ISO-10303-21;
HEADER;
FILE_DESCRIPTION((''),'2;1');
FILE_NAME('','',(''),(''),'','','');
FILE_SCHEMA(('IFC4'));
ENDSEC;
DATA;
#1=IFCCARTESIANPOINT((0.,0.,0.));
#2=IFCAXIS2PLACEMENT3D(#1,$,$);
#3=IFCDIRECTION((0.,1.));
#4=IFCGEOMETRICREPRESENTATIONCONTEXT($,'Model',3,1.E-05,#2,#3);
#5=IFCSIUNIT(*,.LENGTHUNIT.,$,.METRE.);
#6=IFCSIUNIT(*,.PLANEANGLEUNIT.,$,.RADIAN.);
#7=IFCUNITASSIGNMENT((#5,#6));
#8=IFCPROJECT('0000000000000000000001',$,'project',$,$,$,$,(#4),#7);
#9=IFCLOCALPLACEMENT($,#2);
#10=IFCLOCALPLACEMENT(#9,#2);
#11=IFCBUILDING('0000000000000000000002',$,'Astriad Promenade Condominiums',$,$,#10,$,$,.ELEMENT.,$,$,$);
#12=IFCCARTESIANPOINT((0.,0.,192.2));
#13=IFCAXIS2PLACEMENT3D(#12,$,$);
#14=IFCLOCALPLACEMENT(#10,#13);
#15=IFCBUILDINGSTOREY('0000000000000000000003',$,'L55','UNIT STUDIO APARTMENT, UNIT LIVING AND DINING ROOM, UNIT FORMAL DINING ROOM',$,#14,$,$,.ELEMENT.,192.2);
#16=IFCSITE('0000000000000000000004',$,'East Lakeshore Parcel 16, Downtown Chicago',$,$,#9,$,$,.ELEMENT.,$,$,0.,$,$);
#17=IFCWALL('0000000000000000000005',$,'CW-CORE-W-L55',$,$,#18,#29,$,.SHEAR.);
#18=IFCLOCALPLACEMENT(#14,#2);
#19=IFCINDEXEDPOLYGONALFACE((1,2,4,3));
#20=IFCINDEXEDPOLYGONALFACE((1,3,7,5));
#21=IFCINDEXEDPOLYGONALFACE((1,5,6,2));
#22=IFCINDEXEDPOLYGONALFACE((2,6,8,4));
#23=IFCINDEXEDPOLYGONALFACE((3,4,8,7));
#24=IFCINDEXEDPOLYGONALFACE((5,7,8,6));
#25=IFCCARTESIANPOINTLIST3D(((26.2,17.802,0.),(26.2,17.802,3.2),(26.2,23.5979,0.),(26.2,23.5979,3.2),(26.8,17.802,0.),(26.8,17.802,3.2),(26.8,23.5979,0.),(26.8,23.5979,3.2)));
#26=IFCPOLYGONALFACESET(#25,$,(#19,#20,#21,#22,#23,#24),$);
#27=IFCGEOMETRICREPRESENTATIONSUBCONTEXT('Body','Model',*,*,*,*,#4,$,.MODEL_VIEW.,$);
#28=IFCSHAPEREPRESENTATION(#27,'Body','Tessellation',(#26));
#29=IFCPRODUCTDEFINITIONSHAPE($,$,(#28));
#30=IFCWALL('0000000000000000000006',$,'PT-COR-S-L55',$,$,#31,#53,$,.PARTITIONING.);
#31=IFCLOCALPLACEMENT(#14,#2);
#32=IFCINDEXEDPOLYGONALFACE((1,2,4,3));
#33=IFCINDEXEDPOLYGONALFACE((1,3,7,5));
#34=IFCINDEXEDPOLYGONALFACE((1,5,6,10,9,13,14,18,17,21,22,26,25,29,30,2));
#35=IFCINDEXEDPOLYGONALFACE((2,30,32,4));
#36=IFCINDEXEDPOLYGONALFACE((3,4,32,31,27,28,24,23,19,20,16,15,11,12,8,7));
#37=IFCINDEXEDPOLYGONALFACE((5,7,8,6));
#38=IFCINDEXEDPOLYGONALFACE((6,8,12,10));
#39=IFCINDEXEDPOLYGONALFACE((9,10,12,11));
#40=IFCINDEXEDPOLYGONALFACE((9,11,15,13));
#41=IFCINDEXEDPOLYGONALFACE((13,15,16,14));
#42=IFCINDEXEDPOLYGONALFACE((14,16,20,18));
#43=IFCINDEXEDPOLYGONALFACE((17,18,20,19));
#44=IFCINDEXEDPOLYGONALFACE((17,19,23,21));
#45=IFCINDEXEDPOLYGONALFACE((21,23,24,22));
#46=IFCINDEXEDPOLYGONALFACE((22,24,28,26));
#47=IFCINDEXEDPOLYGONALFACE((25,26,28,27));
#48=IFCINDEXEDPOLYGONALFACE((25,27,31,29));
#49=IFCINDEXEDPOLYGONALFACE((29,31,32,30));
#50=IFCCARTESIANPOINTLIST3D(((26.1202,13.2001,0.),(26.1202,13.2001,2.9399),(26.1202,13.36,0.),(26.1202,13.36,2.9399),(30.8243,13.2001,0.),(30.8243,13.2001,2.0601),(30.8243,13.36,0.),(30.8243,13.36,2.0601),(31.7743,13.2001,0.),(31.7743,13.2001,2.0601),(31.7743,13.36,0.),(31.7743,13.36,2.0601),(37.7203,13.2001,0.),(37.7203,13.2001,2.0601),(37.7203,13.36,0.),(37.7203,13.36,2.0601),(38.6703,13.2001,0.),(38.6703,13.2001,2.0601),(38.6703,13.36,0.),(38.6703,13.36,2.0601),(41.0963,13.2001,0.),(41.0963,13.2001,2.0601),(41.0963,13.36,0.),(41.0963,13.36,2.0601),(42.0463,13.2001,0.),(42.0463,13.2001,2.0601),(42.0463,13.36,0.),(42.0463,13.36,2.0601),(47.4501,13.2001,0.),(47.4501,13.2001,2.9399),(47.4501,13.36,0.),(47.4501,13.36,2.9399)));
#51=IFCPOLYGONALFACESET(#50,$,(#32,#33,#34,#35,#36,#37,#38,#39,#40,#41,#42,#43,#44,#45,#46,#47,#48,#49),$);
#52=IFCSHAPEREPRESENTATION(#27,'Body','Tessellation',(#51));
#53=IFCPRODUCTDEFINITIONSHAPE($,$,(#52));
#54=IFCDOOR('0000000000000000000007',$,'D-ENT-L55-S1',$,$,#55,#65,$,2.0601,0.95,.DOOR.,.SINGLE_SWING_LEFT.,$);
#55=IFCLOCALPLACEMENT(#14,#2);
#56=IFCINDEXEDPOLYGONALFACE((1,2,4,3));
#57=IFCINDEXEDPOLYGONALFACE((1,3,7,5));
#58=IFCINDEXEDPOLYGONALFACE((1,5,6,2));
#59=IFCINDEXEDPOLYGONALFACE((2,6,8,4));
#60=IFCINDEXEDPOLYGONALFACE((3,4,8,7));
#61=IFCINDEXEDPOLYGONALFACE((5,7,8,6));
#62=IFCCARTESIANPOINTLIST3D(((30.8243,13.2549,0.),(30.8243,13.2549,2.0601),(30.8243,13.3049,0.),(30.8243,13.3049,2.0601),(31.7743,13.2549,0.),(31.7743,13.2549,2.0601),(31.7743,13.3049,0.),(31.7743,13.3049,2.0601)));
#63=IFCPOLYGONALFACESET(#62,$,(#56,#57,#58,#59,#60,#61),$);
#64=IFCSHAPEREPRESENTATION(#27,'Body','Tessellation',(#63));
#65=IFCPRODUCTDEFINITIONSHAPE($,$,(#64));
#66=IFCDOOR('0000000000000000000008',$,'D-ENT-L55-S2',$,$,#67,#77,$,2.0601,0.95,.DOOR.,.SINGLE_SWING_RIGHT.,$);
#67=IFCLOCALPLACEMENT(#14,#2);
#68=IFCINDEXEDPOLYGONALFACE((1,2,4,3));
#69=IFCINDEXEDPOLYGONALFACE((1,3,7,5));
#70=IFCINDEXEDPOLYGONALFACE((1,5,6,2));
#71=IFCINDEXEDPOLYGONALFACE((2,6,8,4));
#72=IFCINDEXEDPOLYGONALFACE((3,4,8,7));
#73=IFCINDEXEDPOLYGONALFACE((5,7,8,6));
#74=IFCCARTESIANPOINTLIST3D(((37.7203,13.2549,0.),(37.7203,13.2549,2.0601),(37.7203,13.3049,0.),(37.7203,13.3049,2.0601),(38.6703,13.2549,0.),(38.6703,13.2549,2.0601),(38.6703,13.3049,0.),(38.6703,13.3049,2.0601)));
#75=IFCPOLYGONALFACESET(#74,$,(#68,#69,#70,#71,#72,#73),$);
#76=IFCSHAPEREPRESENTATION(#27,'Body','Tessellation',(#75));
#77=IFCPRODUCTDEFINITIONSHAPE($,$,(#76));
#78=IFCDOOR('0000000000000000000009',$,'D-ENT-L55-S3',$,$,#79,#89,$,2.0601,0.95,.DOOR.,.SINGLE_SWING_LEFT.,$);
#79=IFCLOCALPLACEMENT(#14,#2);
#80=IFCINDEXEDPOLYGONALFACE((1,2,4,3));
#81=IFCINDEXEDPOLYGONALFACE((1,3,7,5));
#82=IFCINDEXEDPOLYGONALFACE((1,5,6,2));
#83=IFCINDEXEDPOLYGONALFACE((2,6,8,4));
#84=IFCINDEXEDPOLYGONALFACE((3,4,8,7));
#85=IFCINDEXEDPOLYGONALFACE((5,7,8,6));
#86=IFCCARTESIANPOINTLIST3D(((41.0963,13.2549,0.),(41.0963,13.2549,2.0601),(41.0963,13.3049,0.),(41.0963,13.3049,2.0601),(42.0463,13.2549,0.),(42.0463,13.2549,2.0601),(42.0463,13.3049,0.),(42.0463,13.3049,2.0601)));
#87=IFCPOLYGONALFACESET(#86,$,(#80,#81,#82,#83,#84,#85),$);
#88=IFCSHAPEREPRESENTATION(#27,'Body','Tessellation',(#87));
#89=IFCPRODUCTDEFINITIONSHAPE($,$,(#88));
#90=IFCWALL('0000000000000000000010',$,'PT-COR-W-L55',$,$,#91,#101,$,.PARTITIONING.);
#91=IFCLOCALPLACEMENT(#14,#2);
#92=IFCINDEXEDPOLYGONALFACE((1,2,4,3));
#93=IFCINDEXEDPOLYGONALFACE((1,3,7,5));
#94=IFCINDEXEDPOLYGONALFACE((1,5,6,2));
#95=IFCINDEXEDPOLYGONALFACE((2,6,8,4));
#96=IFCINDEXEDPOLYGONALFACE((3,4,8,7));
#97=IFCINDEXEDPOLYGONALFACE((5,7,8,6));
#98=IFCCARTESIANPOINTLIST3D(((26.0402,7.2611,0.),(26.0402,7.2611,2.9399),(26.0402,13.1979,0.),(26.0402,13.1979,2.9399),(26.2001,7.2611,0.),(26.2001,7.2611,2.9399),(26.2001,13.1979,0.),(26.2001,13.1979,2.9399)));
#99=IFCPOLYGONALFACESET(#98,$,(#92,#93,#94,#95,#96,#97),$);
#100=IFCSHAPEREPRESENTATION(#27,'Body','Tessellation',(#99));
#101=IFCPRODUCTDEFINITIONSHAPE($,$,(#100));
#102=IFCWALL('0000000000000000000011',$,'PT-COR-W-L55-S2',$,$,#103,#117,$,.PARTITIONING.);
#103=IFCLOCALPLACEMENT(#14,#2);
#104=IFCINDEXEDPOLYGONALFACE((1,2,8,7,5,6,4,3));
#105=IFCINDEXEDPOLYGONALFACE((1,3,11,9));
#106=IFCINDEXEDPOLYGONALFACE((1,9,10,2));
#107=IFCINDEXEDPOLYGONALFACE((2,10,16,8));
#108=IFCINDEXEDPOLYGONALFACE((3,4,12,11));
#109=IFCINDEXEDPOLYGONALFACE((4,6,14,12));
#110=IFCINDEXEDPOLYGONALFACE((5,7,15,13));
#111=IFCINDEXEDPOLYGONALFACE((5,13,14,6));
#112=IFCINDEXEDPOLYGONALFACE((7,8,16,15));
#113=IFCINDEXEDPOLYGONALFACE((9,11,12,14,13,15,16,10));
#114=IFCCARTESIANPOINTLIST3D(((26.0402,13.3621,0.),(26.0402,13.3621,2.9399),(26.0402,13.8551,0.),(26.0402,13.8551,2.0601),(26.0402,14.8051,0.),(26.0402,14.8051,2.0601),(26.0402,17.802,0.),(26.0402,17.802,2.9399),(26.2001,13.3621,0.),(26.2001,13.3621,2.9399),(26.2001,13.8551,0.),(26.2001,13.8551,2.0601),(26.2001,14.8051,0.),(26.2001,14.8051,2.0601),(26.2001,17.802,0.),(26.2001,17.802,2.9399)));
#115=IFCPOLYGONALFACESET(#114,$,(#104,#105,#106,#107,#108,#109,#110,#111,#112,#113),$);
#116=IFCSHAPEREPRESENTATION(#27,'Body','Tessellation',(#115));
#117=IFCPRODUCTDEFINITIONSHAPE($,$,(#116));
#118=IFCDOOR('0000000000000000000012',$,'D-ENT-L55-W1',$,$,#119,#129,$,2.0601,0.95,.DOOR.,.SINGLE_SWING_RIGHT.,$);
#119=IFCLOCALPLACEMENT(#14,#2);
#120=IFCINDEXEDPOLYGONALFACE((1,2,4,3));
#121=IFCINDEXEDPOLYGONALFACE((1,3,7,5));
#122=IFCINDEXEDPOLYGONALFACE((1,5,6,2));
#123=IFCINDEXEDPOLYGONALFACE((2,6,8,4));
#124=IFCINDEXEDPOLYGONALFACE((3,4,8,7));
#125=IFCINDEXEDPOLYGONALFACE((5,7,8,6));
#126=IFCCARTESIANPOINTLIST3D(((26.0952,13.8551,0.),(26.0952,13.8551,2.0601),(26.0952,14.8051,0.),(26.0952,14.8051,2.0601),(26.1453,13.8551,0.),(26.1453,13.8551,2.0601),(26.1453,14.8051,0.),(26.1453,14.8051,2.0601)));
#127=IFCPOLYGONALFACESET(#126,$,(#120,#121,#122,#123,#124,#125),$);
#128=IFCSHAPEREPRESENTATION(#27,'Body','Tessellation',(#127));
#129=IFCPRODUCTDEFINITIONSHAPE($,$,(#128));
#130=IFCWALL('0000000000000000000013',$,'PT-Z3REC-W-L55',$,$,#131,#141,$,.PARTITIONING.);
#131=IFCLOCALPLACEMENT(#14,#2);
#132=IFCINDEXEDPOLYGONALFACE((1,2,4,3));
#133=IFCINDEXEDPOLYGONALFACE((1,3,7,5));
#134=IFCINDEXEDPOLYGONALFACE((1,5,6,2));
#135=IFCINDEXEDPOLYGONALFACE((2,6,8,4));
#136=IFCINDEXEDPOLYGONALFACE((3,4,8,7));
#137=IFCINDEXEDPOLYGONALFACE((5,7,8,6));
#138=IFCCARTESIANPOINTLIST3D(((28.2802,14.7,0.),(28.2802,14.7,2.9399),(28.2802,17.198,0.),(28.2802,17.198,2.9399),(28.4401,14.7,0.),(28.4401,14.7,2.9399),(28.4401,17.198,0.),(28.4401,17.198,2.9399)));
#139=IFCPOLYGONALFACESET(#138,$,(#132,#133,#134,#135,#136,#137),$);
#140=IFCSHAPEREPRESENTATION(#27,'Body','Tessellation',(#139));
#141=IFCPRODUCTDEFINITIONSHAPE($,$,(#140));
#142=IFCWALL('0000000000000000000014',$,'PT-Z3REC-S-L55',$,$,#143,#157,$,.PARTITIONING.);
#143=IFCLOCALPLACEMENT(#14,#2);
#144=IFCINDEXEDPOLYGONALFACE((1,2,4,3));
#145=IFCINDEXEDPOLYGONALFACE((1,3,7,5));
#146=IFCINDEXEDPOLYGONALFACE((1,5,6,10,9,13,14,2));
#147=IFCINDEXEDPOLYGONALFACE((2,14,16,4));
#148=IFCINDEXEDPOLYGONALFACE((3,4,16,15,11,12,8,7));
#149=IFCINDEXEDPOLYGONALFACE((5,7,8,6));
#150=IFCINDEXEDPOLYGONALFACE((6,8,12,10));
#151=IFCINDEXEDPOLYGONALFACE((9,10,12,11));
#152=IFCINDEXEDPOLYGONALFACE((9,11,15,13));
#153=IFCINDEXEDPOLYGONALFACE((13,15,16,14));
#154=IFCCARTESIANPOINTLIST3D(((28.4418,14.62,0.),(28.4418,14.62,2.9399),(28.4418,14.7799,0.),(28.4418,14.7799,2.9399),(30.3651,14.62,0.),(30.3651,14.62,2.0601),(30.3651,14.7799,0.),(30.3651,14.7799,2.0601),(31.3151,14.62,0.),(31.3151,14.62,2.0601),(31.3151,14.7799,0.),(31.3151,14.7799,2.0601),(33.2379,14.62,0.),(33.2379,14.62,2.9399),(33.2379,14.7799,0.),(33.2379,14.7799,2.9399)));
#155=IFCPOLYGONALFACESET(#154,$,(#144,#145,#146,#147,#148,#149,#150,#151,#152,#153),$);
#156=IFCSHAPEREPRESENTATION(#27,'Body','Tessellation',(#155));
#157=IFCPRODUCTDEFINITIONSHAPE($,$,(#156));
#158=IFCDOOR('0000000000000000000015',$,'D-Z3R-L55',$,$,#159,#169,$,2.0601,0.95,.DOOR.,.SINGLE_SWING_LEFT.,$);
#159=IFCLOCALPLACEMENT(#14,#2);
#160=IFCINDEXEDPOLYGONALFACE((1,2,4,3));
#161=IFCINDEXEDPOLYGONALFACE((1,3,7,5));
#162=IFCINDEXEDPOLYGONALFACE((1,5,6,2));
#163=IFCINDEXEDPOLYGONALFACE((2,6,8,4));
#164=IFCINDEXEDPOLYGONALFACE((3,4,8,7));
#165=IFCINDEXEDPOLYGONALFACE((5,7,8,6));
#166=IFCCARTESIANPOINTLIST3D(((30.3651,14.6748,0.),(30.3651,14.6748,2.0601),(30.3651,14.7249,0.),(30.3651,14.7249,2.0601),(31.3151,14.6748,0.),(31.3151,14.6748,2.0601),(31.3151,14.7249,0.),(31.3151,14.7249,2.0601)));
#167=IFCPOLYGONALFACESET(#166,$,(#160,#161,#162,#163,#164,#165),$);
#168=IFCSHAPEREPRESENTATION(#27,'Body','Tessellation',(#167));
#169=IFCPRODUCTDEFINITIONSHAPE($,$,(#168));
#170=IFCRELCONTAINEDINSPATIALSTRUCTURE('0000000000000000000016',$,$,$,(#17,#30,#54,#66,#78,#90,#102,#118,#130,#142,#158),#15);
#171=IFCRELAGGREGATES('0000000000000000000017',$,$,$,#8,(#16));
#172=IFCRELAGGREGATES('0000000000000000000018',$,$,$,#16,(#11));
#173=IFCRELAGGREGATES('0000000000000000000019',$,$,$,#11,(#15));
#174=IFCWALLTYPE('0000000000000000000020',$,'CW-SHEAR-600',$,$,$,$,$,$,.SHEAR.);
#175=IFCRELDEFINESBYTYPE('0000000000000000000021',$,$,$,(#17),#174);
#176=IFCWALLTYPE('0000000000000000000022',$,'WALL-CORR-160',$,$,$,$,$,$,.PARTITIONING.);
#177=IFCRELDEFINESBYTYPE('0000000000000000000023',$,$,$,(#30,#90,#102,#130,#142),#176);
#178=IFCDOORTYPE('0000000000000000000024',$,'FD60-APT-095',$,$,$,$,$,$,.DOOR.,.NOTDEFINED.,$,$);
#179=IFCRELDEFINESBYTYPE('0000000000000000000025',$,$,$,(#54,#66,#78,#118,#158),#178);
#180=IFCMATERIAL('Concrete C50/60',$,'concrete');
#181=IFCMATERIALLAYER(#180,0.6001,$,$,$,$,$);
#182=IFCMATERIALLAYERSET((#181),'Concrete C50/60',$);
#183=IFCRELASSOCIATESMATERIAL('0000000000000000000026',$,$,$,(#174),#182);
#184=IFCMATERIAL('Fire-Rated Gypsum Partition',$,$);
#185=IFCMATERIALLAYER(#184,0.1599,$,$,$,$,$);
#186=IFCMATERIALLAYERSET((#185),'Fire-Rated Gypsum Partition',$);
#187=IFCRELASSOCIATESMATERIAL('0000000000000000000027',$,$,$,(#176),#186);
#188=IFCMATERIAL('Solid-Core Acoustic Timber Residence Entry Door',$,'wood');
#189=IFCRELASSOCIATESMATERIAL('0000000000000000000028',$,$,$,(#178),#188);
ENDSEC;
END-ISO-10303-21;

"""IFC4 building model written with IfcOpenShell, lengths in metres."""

from ifc_helpers import new_model, si_unit, direction, frame, frame_2d, origin, place, context, subcontext, project, spatial, rectangle, extrude, source, transform, mapped, material, layer, layer_set, type_object, type_shapes, element, fill, save


model = new_model("IFC4")

# Units and contexts
model_context = context("Model", 3, precision=1e-05, world=origin(), true_north=direction((0.0, 1.0)))
body_context = subcontext(model_context, "Body", "Model", "MODEL_VIEW")
ifc_project = project(units=[si_unit("LENGTHUNIT", "METRE"), si_unit("PLANEANGLEUNIT", "RADIAN")], contexts=[model_context])

# Site, building, storey
site_placement = place(None, origin())
site = spatial("IfcSite", under=ifc_project, at=site_placement, Name="East Lakeshore Parcel 16, Downtown Chicago", CompositionType="ELEMENT", RefElevation=0.0)
building_placement = place(site_placement, origin())
building = spatial("IfcBuilding", under=site, at=building_placement, Name="Astriad Promenade Condominiums", CompositionType="ELEMENT")
storey_placement = place(building_placement, frame((0.0, 0.0, 192.2)))
storey = spatial("IfcBuildingStorey", under=building, at=storey_placement, Name="L55", Description="UNIT STUDIO APARTMENT, UNIT LIVING AND DINING ROOM, UNIT FORMAL DINING ROOM", CompositionType="ELEMENT", Elevation=192.2)

# Shared definitions
ifc_material_1 = material(Name="Concrete C50/60", Category="concrete")

# Shared definitions
ifc_layer_1 = layer(ifc_material_1, 0.6001)
ifc_layer_set_1 = layer_set([ifc_layer_1], Name="Concrete C50/60")
wall_type_1 = type_object("IfcWallType", Name="CW-SHEAR-600", PredefinedType="SHEAR", material=ifc_layer_set_1)

# Wall
wall_1_placement = place(storey_placement, frame((26.5, 17.802, 0.0), z_axis=(0.0, 0.0, 1.0), x_axis=(0.0, 1.0, 0.0)))
element("IfcWall", 1, at=wall_1_placement, inside=storey, type_object=wall_type_1, Name="CW-CORE-W-L55", PredefinedType="SHEAR", context=body_context, shape_type="SweptSolid", body=[
    extrude(rectangle(XDim=5.7959, YDim=0.6001, at=frame_2d((2.8979, 0.0))), origin(), (0.0, 0.0, 1.0), 3.2),
])

# Wall, openings, doors
ifc_material_2 = material(Name="Fire-Rated Gypsum Partition")
ifc_layer_2 = layer(ifc_material_2, 0.1599)
ifc_layer_set_2 = layer_set([ifc_layer_2], Name="Fire-Rated Gypsum Partition")
wall_type_2 = type_object("IfcWallType", Name="WALL-CORR-160", PredefinedType="PARTITIONING", material=ifc_layer_set_2)
wall_2_placement = place(storey_placement, frame((26.1201, 13.28, 0.0), z_axis=(0.0, 0.0, 1.0), x_axis=(1.0, 0.0, 0.0)))
wall_2 = element("IfcWall", 2, at=wall_2_placement, inside=storey, type_object=wall_type_2, Name="PT-COR-S-L55", PredefinedType="PARTITIONING", context=body_context, shape_type="SweptSolid", body=[
    extrude(rectangle(XDim=21.3298, YDim=0.1599, at=frame_2d((10.665, 0.0))), origin(), (0.0, 0.0, 1.0), 2.9399),
])
opening_1_placement = place(wall_2_placement, frame((4.7041, 0.0, 0.0)))
opening_1 = element("IfcOpeningElement", 3, at=opening_1_placement, cuts=wall_2, PredefinedType="OPENING", context=body_context, shape_type="SweptSolid", body=[
    extrude(rectangle(XDim=0.95, YDim=2.0601, at=frame_2d((0.4751, 1.03))), frame((0.0, 0.0898, 0.0), z_axis=(0.0, -1.0, 0.0), x_axis=(1.0, 0.0, 0.0)), (0.0, 0.0, 1.0), 0.1799),
])
opening_2_placement = place(wall_2_placement, frame((11.6001, 0.0, 0.0)))
opening_2 = element("IfcOpeningElement", 4, at=opening_2_placement, cuts=wall_2, PredefinedType="OPENING", context=body_context, shape_type="SweptSolid", body=[
    extrude(rectangle(XDim=0.95, YDim=2.0601, at=frame_2d((0.4751, 1.03))), frame((0.0, 0.0898, 0.0), z_axis=(0.0, -1.0, 0.0), x_axis=(1.0, 0.0, 0.0)), (0.0, 0.0, 1.0), 0.1799),
])
opening_3_placement = place(wall_2_placement, frame((14.9761, 0.0, 0.0)))
opening_3 = element("IfcOpeningElement", 5, at=opening_3_placement, cuts=wall_2, PredefinedType="OPENING", context=body_context, shape_type="SweptSolid", body=[
    extrude(rectangle(XDim=0.95, YDim=2.0601, at=frame_2d((0.4751, 1.03))), frame((0.0, 0.0898, 0.0), z_axis=(0.0, -1.0, 0.0), x_axis=(1.0, 0.0, 0.0)), (0.0, 0.0, 1.0), 0.1799),
])
ifc_material_3 = material(Name="Solid-Core Acoustic Timber Residence Entry Door", Category="wood")
door_type_1 = type_object("IfcDoorType", Name="FD60-APT-095", OperationType="NOTDEFINED", PredefinedType="DOOR", material=ifc_material_3)
shared_shape_1 = source(origin(), body_context, "Body", "SweptSolid", [
    extrude(rectangle(XDim=0.95, YDim=2.0601, at=frame_2d((0.4751, 1.03))), frame((0.0, 0.0249, 0.0), z_axis=(0.0, -1.0, 0.0), x_axis=(1.0, 0.0, 0.0)), (0.0, 0.0, 1.0), 0.05),
])
type_shapes(door_type_1, [shared_shape_1])
door_1_placement = place(opening_1_placement, origin())
door_1 = element("IfcDoor", 6, at=door_1_placement, inside=storey, type_object=door_type_1, Name="D-ENT-L55-S1", OperationType="SINGLE_SWING_LEFT", OverallHeight=2.0601, OverallWidth=0.95, PredefinedType="DOOR", context=body_context, shape_type="MappedRepresentation", body=[
    mapped(shared_shape_1, transform((0.0, 0.0, 0.0), scale=1.0)),
])
fill(opening_1, door_1)
door_2_placement = place(opening_2_placement, origin())
door_2 = element("IfcDoor", 7, at=door_2_placement, inside=storey, type_object=door_type_1, Name="D-ENT-L55-S2", OperationType="SINGLE_SWING_RIGHT", OverallHeight=2.0601, OverallWidth=0.95, PredefinedType="DOOR", context=body_context, shape_type="MappedRepresentation", body=[
    mapped(shared_shape_1, transform((0.0, 0.0, 0.0), scale=1.0)),
])
fill(opening_2, door_2)
door_3_placement = place(opening_3_placement, origin())
door_3 = element("IfcDoor", 8, at=door_3_placement, inside=storey, type_object=door_type_1, Name="D-ENT-L55-S3", OperationType="SINGLE_SWING_LEFT", OverallHeight=2.0601, OverallWidth=0.95, PredefinedType="DOOR", context=body_context, shape_type="MappedRepresentation", body=[
    mapped(shared_shape_1, transform((0.0, 0.0, 0.0), scale=1.0)),
])
fill(opening_3, door_3)

# Wall
wall_3_placement = place(storey_placement, frame((26.1201, 7.2612, 0.0), z_axis=(0.0, 0.0, 1.0), x_axis=(0.0, 1.0, 0.0)))
element("IfcWall", 9, at=wall_3_placement, inside=storey, type_object=wall_type_2, Name="PT-COR-W-L55", PredefinedType="PARTITIONING", context=body_context, shape_type="SweptSolid", body=[
    extrude(rectangle(XDim=5.9368, YDim=0.1599, at=frame_2d((2.9683, 0.0))), origin(), (0.0, 0.0, 1.0), 2.9399),
])

# Wall, opening, door
wall_4_placement = place(storey_placement, frame((26.1201, 13.3621, 0.0), z_axis=(0.0, 0.0, 1.0), x_axis=(0.0, 1.0, 0.0)))
wall_4 = element("IfcWall", 10, at=wall_4_placement, inside=storey, type_object=wall_type_2, Name="PT-COR-W-L55-S2", PredefinedType="PARTITIONING", context=body_context, shape_type="SweptSolid", body=[
    extrude(rectangle(XDim=4.4399, YDim=0.1599, at=frame_2d((2.22, 0.0))), origin(), (0.0, 0.0, 1.0), 2.9399),
])
opening_4_placement = place(wall_4_placement, frame((0.4929, 0.0, 0.0)))
opening_4 = element("IfcOpeningElement", 11, at=opening_4_placement, cuts=wall_4, PredefinedType="OPENING", context=body_context, shape_type="SweptSolid", body=[
    extrude(rectangle(XDim=0.95, YDim=2.0601, at=frame_2d((0.4751, 1.03))), frame((0.0, 0.0898, 0.0), z_axis=(0.0, -1.0, 0.0), x_axis=(1.0, 0.0, 0.0)), (0.0, 0.0, 1.0), 0.1799),
])
door_4_placement = place(opening_4_placement, origin())
door_4 = element("IfcDoor", 12, at=door_4_placement, inside=storey, type_object=door_type_1, Name="D-ENT-L55-W1", OperationType="SINGLE_SWING_RIGHT", OverallHeight=2.0601, OverallWidth=0.95, PredefinedType="DOOR", context=body_context, shape_type="MappedRepresentation", body=[
    mapped(shared_shape_1, transform((0.0, 0.0, 0.0), scale=1.0)),
])
fill(opening_4, door_4)

# Wall
wall_5_placement = place(storey_placement, frame((28.3601, 14.7, 0.0), z_axis=(0.0, 0.0, 1.0), x_axis=(0.0, 1.0, 0.0)))
element("IfcWall", 13, at=wall_5_placement, inside=storey, type_object=wall_type_2, Name="PT-Z3REC-W-L55", PredefinedType="PARTITIONING", context=body_context, shape_type="SweptSolid", body=[
    extrude(rectangle(XDim=2.498, YDim=0.1599, at=frame_2d((1.249, 0.0))), origin(), (0.0, 0.0, 1.0), 2.9399),
])

# Wall, opening, door
wall_6_placement = place(storey_placement, frame((28.4419, 14.7, 0.0), z_axis=(0.0, 0.0, 1.0), x_axis=(1.0, 0.0, 0.0)))
wall_6 = element("IfcWall", 14, at=wall_6_placement, inside=storey, type_object=wall_type_2, Name="PT-Z3REC-S-L55", PredefinedType="PARTITIONING", context=body_context, shape_type="SweptSolid", body=[
    extrude(rectangle(XDim=4.7961, YDim=0.1599, at=frame_2d((2.3979, 0.0))), origin(), (0.0, 0.0, 1.0), 2.9399),
])
opening_5_placement = place(wall_6_placement, frame((1.9231, 0.0, 0.0)))
opening_5 = element("IfcOpeningElement", 15, at=opening_5_placement, cuts=wall_6, PredefinedType="OPENING", context=body_context, shape_type="SweptSolid", body=[
    extrude(rectangle(XDim=0.95, YDim=2.0601, at=frame_2d((0.4751, 1.03))), frame((0.0, 0.0898, 0.0), z_axis=(0.0, -1.0, 0.0), x_axis=(1.0, 0.0, 0.0)), (0.0, 0.0, 1.0), 0.1799),
])
door_5_placement = place(opening_5_placement, origin())
door_5 = element("IfcDoor", 16, at=door_5_placement, inside=storey, type_object=door_type_1, Name="D-Z3R-L55", OperationType="SINGLE_SWING_LEFT", OverallHeight=2.0601, OverallWidth=0.95, PredefinedType="DOOR", context=body_context, shape_type="MappedRepresentation", body=[
    mapped(shared_shape_1, transform((0.0, 0.0, 0.0), scale=1.0)),
])
fill(opening_5, door_5)

save(model, "model.ifc")
